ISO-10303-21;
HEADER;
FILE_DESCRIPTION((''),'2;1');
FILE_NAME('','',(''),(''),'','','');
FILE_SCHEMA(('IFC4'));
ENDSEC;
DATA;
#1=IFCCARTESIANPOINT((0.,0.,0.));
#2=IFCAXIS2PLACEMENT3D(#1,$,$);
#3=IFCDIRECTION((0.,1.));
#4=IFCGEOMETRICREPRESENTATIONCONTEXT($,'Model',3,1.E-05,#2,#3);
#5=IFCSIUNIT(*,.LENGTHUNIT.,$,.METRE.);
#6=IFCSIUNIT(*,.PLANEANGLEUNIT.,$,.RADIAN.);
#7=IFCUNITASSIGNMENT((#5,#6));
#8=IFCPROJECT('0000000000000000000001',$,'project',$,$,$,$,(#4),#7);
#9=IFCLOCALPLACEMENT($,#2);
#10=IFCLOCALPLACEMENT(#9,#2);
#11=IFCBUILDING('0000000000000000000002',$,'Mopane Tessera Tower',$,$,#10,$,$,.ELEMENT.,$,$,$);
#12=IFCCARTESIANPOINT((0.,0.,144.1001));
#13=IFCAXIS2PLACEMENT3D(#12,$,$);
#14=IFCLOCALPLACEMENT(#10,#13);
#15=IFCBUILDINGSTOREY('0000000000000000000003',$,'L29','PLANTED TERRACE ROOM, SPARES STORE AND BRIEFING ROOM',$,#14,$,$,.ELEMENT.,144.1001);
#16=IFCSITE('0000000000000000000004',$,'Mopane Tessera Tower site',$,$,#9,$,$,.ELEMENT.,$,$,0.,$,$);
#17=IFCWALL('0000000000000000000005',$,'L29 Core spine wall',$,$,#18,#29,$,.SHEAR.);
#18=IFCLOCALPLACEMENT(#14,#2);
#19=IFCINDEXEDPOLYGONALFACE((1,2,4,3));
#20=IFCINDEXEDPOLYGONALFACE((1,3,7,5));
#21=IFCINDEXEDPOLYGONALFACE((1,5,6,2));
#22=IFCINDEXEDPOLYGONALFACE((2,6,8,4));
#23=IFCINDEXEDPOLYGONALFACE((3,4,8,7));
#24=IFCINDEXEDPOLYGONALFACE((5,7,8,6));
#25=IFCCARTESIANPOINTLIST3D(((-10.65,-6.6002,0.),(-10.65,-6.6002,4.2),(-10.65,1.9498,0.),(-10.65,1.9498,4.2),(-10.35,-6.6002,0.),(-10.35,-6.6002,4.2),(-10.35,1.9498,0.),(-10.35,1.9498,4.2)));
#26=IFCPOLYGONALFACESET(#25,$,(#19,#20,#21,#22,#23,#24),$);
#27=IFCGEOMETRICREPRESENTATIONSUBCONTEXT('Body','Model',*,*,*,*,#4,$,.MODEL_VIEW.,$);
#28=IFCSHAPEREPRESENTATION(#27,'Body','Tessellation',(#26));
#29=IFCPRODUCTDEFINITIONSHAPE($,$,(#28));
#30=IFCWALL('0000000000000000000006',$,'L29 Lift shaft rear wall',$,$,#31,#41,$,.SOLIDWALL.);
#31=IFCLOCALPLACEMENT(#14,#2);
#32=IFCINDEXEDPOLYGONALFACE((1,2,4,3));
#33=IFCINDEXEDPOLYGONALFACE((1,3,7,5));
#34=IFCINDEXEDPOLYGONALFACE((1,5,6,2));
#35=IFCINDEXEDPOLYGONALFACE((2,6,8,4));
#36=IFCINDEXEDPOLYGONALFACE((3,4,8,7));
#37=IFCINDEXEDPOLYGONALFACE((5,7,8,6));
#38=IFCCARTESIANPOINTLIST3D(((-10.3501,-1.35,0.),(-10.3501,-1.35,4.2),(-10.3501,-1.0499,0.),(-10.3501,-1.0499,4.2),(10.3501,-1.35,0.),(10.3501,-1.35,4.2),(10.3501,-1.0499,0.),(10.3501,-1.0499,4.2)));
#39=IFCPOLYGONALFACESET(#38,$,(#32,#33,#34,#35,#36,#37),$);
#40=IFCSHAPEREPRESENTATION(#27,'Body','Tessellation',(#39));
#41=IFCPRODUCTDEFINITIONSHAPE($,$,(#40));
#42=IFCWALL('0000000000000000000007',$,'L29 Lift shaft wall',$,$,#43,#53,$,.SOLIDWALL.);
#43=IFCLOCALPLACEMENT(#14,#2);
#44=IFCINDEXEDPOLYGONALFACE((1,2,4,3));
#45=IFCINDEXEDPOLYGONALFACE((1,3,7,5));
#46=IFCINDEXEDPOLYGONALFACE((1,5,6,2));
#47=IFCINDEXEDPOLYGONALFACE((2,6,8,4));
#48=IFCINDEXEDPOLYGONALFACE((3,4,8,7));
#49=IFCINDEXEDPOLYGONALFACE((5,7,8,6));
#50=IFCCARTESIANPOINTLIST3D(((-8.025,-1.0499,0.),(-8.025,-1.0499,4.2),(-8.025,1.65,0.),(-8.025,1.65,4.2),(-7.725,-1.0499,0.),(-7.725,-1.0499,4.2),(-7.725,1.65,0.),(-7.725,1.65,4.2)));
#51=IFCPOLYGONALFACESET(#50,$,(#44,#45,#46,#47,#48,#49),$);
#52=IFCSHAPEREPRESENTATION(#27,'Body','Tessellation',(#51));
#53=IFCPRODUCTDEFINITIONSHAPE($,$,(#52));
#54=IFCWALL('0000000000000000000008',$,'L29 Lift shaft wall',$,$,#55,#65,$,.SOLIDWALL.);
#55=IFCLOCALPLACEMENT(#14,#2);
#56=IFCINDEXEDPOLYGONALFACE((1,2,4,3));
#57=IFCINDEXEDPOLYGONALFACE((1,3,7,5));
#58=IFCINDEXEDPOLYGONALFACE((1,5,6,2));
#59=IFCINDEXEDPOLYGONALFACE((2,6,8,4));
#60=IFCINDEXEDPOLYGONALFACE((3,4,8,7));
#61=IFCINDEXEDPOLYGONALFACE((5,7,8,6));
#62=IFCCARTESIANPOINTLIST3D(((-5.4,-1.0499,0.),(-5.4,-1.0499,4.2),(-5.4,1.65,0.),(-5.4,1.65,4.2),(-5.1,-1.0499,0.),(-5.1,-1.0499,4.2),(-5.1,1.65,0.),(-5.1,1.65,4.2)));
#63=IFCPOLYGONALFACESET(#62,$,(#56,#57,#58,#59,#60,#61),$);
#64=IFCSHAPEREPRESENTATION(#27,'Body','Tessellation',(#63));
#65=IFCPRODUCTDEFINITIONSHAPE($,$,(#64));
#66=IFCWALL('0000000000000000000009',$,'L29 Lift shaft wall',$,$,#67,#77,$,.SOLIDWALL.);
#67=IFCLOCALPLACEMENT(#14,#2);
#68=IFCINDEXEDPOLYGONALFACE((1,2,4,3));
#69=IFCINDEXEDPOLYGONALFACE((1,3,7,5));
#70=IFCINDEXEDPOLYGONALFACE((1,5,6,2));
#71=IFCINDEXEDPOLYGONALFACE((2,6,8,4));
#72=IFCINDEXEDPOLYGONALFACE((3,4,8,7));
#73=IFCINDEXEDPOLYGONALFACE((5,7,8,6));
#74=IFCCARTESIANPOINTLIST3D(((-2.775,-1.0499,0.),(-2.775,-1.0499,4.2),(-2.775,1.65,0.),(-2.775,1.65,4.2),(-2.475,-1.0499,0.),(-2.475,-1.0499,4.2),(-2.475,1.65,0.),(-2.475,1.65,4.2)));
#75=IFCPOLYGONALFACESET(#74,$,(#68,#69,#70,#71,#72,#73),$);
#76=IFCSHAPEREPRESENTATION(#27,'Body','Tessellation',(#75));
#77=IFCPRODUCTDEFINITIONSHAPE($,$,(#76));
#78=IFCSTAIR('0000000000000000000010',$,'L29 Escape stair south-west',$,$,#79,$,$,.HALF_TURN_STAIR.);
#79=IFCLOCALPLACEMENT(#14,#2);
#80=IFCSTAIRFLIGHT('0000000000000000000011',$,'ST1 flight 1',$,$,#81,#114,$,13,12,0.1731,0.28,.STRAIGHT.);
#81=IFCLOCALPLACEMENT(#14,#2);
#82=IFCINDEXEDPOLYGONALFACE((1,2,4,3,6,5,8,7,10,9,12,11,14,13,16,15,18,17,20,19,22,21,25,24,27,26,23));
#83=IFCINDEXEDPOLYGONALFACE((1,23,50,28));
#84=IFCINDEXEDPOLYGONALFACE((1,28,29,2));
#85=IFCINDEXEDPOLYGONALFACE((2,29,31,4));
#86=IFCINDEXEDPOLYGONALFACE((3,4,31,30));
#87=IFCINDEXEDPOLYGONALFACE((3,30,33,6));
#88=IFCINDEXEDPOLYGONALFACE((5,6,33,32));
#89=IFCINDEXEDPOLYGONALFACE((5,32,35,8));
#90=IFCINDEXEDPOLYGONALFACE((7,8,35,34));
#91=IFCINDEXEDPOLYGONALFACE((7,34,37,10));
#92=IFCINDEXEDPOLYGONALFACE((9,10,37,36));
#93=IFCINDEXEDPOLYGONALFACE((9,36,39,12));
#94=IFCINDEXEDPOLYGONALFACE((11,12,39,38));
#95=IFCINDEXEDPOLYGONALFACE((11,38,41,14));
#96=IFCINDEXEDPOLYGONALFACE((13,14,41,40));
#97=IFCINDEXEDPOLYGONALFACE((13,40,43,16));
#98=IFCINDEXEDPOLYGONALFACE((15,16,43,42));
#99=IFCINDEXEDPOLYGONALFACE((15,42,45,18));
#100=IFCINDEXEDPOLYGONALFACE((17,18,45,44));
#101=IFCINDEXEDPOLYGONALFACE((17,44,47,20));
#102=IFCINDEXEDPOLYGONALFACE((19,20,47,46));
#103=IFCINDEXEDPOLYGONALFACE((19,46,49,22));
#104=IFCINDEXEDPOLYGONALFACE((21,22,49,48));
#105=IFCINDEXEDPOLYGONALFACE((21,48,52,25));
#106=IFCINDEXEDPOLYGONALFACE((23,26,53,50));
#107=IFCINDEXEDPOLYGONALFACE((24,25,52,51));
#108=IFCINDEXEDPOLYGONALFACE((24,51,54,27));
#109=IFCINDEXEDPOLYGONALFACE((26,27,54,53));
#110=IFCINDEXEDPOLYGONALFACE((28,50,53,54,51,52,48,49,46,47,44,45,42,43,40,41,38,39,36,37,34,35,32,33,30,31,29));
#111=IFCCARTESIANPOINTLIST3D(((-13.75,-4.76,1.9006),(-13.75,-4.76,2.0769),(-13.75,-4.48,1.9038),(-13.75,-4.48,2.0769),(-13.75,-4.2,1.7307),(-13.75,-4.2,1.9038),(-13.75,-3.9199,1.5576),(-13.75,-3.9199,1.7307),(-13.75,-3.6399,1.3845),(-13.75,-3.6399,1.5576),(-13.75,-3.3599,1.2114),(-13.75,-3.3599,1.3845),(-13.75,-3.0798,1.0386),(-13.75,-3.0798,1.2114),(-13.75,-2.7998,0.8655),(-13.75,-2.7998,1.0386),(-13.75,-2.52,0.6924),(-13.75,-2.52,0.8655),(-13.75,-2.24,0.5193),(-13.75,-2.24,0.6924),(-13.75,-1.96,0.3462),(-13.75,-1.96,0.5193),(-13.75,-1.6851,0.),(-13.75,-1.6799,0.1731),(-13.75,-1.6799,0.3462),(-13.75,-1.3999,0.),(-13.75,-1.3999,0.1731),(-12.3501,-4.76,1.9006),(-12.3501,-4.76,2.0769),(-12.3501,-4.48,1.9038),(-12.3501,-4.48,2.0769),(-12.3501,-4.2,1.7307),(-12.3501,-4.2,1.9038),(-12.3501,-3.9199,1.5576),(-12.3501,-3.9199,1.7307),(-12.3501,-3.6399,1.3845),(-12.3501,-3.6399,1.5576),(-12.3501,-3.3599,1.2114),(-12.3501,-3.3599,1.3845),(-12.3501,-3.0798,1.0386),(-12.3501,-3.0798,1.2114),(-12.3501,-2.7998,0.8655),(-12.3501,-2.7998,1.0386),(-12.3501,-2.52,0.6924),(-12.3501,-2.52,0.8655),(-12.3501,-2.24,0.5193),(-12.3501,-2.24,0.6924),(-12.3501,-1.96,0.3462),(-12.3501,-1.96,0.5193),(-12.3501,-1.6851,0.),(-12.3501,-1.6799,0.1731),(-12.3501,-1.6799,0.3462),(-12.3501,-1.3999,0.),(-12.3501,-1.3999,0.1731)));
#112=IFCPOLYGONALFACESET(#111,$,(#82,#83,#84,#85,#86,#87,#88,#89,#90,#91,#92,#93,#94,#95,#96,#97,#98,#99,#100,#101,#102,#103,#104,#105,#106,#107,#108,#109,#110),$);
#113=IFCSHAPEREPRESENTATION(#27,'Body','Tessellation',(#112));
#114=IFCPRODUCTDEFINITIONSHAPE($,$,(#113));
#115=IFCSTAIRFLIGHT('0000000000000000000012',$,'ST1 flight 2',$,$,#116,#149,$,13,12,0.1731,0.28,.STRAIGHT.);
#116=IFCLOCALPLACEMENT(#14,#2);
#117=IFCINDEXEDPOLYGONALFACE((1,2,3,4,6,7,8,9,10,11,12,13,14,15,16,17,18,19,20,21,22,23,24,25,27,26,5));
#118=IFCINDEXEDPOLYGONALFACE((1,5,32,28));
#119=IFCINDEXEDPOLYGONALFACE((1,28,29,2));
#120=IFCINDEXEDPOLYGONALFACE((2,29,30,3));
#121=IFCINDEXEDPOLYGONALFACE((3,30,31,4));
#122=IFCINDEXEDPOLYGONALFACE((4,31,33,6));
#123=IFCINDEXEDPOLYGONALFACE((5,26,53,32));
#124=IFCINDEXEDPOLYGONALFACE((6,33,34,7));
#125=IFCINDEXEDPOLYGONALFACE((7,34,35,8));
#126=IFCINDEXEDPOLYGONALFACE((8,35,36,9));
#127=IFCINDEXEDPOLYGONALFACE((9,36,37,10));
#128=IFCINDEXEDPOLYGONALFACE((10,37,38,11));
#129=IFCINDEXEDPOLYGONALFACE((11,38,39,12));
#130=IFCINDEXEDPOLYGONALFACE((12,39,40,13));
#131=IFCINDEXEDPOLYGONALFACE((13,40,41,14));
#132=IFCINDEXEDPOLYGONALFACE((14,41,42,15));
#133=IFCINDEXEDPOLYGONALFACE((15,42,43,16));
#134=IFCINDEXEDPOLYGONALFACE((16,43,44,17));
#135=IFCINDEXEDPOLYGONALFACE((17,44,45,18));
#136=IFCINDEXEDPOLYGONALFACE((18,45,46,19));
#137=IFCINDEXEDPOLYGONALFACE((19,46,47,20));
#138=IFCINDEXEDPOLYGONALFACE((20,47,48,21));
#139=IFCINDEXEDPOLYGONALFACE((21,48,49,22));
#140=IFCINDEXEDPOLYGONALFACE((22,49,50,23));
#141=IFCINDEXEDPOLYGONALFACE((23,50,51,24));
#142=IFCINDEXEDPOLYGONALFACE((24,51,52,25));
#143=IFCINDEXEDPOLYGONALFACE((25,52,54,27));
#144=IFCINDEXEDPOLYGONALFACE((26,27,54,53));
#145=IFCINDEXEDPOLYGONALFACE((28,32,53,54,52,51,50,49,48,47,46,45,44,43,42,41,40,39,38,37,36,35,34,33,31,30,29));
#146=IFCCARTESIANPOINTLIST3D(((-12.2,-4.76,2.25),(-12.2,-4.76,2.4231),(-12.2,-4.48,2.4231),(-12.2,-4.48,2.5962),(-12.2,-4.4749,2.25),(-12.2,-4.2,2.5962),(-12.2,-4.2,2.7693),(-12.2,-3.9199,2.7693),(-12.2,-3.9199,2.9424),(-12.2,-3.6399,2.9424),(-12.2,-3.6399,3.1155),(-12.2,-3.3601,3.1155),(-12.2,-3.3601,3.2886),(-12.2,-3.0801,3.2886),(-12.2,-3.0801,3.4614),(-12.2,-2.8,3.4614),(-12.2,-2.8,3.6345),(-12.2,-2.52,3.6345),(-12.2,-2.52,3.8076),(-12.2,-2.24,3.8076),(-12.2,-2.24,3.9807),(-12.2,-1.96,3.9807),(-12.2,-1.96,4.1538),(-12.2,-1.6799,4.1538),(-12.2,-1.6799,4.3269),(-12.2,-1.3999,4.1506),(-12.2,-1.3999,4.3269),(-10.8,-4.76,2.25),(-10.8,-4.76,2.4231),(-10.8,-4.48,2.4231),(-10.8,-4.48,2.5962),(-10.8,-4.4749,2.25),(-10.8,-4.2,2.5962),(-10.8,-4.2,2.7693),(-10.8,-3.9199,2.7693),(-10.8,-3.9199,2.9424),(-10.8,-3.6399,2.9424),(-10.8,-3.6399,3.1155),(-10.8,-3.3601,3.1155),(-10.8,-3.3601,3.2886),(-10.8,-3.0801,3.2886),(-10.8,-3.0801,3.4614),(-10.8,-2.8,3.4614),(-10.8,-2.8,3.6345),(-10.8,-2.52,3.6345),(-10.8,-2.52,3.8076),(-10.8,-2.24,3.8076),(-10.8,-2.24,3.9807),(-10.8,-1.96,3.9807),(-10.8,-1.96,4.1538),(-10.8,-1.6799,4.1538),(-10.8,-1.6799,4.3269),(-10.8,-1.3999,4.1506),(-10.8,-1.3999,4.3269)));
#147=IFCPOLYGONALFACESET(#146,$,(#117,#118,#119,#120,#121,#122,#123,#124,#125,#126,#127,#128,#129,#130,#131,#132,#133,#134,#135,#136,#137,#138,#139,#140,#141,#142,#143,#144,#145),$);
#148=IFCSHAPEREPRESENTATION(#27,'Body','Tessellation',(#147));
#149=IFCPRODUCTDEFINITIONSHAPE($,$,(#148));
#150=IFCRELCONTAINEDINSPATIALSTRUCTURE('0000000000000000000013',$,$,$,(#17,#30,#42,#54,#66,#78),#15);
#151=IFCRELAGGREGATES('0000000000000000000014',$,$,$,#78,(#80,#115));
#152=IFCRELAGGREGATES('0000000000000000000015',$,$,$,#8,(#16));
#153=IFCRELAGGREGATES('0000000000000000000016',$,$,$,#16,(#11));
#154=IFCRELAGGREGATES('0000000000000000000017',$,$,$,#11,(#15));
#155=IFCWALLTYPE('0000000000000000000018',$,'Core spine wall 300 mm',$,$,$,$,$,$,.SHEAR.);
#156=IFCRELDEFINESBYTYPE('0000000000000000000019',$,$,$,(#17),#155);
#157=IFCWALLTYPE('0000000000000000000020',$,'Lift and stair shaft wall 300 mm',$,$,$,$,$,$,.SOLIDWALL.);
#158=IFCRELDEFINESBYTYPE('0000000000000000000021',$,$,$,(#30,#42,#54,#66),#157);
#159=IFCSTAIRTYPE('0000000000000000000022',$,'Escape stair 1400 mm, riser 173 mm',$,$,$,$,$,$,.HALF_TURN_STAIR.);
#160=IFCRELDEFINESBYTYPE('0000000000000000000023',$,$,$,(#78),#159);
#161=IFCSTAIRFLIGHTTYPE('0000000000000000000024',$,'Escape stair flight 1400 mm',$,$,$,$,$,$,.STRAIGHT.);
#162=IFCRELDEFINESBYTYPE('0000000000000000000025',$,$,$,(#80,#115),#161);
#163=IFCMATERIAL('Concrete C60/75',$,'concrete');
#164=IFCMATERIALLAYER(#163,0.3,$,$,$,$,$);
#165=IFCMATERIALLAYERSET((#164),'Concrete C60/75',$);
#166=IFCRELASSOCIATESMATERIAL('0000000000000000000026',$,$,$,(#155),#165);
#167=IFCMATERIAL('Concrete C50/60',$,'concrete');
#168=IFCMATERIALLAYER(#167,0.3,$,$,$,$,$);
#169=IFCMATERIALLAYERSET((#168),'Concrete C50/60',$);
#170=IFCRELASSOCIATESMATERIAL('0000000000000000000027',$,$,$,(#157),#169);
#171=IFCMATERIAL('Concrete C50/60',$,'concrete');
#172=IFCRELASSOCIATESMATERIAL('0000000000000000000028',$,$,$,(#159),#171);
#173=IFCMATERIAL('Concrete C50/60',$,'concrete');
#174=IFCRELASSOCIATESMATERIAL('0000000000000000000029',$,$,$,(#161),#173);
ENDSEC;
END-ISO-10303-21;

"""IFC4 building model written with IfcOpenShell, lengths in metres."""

from ifc_helpers import new_model, si_unit, direction, frame, frame_2d, origin, place, context, subcontext, project, spatial, polyline, rectangle, outline, extrude, material, layer, layer_set, type_object, element, aggregate, save


model = new_model("IFC4")

# Units and contexts
model_context = context("Model", 3, precision=1e-05, world=origin(), true_north=direction((0.0, 1.0)))
body_context = subcontext(model_context, "Body", "Model", "MODEL_VIEW")
ifc_project = project(units=[si_unit("LENGTHUNIT", "METRE"), si_unit("PLANEANGLEUNIT", "RADIAN")], contexts=[model_context])

# Site, building, storey
site_placement = place(None, origin())
site = spatial("IfcSite", under=ifc_project, at=site_placement, Name="Mopane Tessera Tower site", CompositionType="ELEMENT", RefElevation=0.0)
building_placement = place(site_placement, origin())
building = spatial("IfcBuilding", under=site, at=building_placement, Name="Mopane Tessera Tower", CompositionType="ELEMENT")
storey_placement = place(building_placement, frame((0.0, 0.0, 144.1001)))
storey = spatial("IfcBuildingStorey", under=building, at=storey_placement, Name="L29", Description="PLANTED TERRACE ROOM, SPARES STORE AND BRIEFING ROOM", CompositionType="ELEMENT", Elevation=144.1001)

# Walls
ifc_material_1 = material(Name="Concrete C60/75", Category="concrete")
ifc_layer_1 = layer(ifc_material_1, 0.3)
ifc_layer_set_1 = layer_set([ifc_layer_1], Name="Concrete C60/75")
wall_type_1 = type_object("IfcWallType", Name="Core spine wall 300 mm", PredefinedType="SHEAR", material=ifc_layer_set_1)
wall_1_placement = place(storey_placement, frame((-10.5, -6.6001, 0.0), z_axis=(0.0, 0.0, 1.0), x_axis=(0.0, 1.0, 0.0)))
element("IfcWall", 1, at=wall_1_placement, inside=storey, type_object=wall_type_1, Name="L29 Core spine wall", PredefinedType="SHEAR", context=body_context, shape_type="SweptSolid", body=[
    extrude(rectangle(XDim=8.55, YDim=0.3, at=frame_2d((4.2749, 0.0))), origin(), (0.0, 0.0, 1.0), 4.2),
])
ifc_material_2 = material(Name="Concrete C50/60", Category="concrete")
ifc_layer_2 = layer(ifc_material_2, 0.3)
ifc_layer_set_2 = layer_set([ifc_layer_2], Name="Concrete C50/60")
wall_type_2 = type_object("IfcWallType", Name="Lift and stair shaft wall 300 mm", PredefinedType="SOLIDWALL", material=ifc_layer_set_2)
wall_2_placement = place(storey_placement, frame((-10.3501, -1.2, 0.0), z_axis=(0.0, 0.0, 1.0), x_axis=(1.0, 0.0, 0.0)))
element("IfcWall", 2, at=wall_2_placement, inside=storey, type_object=wall_type_2, Name="L29 Lift shaft rear wall", PredefinedType="SOLIDWALL", context=body_context, shape_type="SweptSolid", body=[
    extrude(rectangle(XDim=20.7002, YDim=0.3, at=frame_2d((10.3501, 0.0))), origin(), (0.0, 0.0, 1.0), 4.2),
])
for number, where, z_axis, x_axis, name in (
    (3, (-7.875, -1.05, 0.0), (0.0, 0.0, 1.0), (0.0, 1.0, 0.0), "L29 Lift shaft wall"),
    (4, (-5.25, -1.05, 0.0), (0.0, 0.0, 1.0), (0.0, 1.0, 0.0), "L29 Lift shaft wall"),
    (5, (-2.625, -1.05, 0.0), (0.0, 0.0, 1.0), (0.0, 1.0, 0.0), "L29 Lift shaft wall"),
):
    element("IfcWall", number, at=place(storey_placement, frame(where, z_axis=z_axis, x_axis=x_axis)), inside=storey, type_object=wall_type_2, Name=name, PredefinedType="SOLIDWALL", context=body_context, shape_type="SweptSolid", body=[
        extrude(rectangle(XDim=2.7, YDim=0.3, at=frame_2d((1.3501, 0.0))), origin(), (0.0, 0.0, 1.0), 4.2),
    ])

# Stair, stair flights
ifc_material_3 = material(Name="Concrete C50/60", Category="concrete")
stair_type = type_object("IfcStairType", Name="Escape stair 1400 mm, riser 173 mm", PredefinedType="HALF_TURN_STAIR", material=ifc_material_3)
stair_placement = place(storey_placement, origin())
stair = element("IfcStair", 6, at=stair_placement, inside=storey, type_object=stair_type, Name="L29 Escape stair south-west", PredefinedType="HALF_TURN_STAIR")
ifc_material_4 = material(Name="Concrete C50/60", Category="concrete")
stair_flight_type = type_object("IfcStairFlightType", Name="Escape stair flight 1400 mm", PredefinedType="STRAIGHT", material=ifc_material_4)
stair_flight_1_placement = place(storey_placement, frame((-13.05, -1.3999, 0.0), z_axis=(0.0, 0.0, 1.0), x_axis=(0.0, -1.0, 0.0)))
stair_flight_1 = element("IfcStairFlight", 7, at=stair_flight_1_placement, type_object=stair_flight_type, Name="ST1 flight 1", NumberOfRisers=13, NumberOfTreads=12, PredefinedType="STRAIGHT", RiserHeight=0.1731, TreadLength=0.28, context=body_context, shape_type="SweptSolid", body=[
    extrude(outline(polyline([(0.0, 0.0), (0.0, 0.1731), (0.28, 0.1731), (0.28, 0.3462), (0.5601, 0.3462), (0.5601, 0.5193), (0.8401, 0.5193), (0.8401, 0.6924), (1.1201, 0.6924), (1.1201, 0.8655), (1.3999, 0.8655), (1.3999, 1.0386), (1.6799, 1.0386), (1.6799, 1.2114), (1.96, 1.2114), (1.96, 1.3845), (2.24, 1.3845), (2.24, 1.5576), (2.52, 1.5576), (2.52, 1.7307), (2.8, 1.7307), (2.8, 1.9038), (3.0801, 1.9038), (3.0801, 2.0769), (3.3601, 2.0769), (3.3601, 2.25), (3.3601, 1.9006), (0.2852, 0.0), (0.0, 0.0)])), frame((0.0, 0.7, 0.0), z_axis=(0.0, -1.0, 0.0), x_axis=(1.0, 0.0, 0.0)), (0.0, 0.0, 1.0), 1.3999),
])
stair_flight_2_placement = place(storey_placement, frame((-11.5, -4.76, 2.25), z_axis=(0.0, 0.0, 1.0), x_axis=(0.0, 1.0, 0.0)))
stair_flight_2 = element("IfcStairFlight", 8, at=stair_flight_2_placement, type_object=stair_flight_type, Name="ST1 flight 2", NumberOfRisers=13, NumberOfTreads=12, PredefinedType="STRAIGHT", RiserHeight=0.1731, TreadLength=0.28, context=body_context, shape_type="SweptSolid", body=[
    extrude(outline(polyline([(0.0, 0.0), (0.0, 0.1731), (0.28, 0.1731), (0.28, 0.3462), (0.5601, 0.3462), (0.5601, 0.5193), (0.8401, 0.5193), (0.8401, 0.6924), (1.1201, 0.6924), (1.1201, 0.8655), (1.3999, 0.8655), (1.3999, 1.0386), (1.6799, 1.0386), (1.6799, 1.2114), (1.96, 1.2114), (1.96, 1.3845), (2.24, 1.3845), (2.24, 1.5576), (2.52, 1.5576), (2.52, 1.7307), (2.8, 1.7307), (2.8, 1.9038), (3.0801, 1.9038), (3.0801, 2.0769), (3.3601, 2.0769), (3.3601, 2.25), (3.3601, 1.9006), (0.2852, 0.0), (0.0, 0.0)])), frame((0.0, 0.7, 0.0), z_axis=(0.0, -1.0, 0.0), x_axis=(1.0, 0.0, 0.0)), (0.0, 0.0, 1.0), 1.3999),
])
aggregate(stair, [stair_flight_1, stair_flight_2])

save(model, "model.ifc")
